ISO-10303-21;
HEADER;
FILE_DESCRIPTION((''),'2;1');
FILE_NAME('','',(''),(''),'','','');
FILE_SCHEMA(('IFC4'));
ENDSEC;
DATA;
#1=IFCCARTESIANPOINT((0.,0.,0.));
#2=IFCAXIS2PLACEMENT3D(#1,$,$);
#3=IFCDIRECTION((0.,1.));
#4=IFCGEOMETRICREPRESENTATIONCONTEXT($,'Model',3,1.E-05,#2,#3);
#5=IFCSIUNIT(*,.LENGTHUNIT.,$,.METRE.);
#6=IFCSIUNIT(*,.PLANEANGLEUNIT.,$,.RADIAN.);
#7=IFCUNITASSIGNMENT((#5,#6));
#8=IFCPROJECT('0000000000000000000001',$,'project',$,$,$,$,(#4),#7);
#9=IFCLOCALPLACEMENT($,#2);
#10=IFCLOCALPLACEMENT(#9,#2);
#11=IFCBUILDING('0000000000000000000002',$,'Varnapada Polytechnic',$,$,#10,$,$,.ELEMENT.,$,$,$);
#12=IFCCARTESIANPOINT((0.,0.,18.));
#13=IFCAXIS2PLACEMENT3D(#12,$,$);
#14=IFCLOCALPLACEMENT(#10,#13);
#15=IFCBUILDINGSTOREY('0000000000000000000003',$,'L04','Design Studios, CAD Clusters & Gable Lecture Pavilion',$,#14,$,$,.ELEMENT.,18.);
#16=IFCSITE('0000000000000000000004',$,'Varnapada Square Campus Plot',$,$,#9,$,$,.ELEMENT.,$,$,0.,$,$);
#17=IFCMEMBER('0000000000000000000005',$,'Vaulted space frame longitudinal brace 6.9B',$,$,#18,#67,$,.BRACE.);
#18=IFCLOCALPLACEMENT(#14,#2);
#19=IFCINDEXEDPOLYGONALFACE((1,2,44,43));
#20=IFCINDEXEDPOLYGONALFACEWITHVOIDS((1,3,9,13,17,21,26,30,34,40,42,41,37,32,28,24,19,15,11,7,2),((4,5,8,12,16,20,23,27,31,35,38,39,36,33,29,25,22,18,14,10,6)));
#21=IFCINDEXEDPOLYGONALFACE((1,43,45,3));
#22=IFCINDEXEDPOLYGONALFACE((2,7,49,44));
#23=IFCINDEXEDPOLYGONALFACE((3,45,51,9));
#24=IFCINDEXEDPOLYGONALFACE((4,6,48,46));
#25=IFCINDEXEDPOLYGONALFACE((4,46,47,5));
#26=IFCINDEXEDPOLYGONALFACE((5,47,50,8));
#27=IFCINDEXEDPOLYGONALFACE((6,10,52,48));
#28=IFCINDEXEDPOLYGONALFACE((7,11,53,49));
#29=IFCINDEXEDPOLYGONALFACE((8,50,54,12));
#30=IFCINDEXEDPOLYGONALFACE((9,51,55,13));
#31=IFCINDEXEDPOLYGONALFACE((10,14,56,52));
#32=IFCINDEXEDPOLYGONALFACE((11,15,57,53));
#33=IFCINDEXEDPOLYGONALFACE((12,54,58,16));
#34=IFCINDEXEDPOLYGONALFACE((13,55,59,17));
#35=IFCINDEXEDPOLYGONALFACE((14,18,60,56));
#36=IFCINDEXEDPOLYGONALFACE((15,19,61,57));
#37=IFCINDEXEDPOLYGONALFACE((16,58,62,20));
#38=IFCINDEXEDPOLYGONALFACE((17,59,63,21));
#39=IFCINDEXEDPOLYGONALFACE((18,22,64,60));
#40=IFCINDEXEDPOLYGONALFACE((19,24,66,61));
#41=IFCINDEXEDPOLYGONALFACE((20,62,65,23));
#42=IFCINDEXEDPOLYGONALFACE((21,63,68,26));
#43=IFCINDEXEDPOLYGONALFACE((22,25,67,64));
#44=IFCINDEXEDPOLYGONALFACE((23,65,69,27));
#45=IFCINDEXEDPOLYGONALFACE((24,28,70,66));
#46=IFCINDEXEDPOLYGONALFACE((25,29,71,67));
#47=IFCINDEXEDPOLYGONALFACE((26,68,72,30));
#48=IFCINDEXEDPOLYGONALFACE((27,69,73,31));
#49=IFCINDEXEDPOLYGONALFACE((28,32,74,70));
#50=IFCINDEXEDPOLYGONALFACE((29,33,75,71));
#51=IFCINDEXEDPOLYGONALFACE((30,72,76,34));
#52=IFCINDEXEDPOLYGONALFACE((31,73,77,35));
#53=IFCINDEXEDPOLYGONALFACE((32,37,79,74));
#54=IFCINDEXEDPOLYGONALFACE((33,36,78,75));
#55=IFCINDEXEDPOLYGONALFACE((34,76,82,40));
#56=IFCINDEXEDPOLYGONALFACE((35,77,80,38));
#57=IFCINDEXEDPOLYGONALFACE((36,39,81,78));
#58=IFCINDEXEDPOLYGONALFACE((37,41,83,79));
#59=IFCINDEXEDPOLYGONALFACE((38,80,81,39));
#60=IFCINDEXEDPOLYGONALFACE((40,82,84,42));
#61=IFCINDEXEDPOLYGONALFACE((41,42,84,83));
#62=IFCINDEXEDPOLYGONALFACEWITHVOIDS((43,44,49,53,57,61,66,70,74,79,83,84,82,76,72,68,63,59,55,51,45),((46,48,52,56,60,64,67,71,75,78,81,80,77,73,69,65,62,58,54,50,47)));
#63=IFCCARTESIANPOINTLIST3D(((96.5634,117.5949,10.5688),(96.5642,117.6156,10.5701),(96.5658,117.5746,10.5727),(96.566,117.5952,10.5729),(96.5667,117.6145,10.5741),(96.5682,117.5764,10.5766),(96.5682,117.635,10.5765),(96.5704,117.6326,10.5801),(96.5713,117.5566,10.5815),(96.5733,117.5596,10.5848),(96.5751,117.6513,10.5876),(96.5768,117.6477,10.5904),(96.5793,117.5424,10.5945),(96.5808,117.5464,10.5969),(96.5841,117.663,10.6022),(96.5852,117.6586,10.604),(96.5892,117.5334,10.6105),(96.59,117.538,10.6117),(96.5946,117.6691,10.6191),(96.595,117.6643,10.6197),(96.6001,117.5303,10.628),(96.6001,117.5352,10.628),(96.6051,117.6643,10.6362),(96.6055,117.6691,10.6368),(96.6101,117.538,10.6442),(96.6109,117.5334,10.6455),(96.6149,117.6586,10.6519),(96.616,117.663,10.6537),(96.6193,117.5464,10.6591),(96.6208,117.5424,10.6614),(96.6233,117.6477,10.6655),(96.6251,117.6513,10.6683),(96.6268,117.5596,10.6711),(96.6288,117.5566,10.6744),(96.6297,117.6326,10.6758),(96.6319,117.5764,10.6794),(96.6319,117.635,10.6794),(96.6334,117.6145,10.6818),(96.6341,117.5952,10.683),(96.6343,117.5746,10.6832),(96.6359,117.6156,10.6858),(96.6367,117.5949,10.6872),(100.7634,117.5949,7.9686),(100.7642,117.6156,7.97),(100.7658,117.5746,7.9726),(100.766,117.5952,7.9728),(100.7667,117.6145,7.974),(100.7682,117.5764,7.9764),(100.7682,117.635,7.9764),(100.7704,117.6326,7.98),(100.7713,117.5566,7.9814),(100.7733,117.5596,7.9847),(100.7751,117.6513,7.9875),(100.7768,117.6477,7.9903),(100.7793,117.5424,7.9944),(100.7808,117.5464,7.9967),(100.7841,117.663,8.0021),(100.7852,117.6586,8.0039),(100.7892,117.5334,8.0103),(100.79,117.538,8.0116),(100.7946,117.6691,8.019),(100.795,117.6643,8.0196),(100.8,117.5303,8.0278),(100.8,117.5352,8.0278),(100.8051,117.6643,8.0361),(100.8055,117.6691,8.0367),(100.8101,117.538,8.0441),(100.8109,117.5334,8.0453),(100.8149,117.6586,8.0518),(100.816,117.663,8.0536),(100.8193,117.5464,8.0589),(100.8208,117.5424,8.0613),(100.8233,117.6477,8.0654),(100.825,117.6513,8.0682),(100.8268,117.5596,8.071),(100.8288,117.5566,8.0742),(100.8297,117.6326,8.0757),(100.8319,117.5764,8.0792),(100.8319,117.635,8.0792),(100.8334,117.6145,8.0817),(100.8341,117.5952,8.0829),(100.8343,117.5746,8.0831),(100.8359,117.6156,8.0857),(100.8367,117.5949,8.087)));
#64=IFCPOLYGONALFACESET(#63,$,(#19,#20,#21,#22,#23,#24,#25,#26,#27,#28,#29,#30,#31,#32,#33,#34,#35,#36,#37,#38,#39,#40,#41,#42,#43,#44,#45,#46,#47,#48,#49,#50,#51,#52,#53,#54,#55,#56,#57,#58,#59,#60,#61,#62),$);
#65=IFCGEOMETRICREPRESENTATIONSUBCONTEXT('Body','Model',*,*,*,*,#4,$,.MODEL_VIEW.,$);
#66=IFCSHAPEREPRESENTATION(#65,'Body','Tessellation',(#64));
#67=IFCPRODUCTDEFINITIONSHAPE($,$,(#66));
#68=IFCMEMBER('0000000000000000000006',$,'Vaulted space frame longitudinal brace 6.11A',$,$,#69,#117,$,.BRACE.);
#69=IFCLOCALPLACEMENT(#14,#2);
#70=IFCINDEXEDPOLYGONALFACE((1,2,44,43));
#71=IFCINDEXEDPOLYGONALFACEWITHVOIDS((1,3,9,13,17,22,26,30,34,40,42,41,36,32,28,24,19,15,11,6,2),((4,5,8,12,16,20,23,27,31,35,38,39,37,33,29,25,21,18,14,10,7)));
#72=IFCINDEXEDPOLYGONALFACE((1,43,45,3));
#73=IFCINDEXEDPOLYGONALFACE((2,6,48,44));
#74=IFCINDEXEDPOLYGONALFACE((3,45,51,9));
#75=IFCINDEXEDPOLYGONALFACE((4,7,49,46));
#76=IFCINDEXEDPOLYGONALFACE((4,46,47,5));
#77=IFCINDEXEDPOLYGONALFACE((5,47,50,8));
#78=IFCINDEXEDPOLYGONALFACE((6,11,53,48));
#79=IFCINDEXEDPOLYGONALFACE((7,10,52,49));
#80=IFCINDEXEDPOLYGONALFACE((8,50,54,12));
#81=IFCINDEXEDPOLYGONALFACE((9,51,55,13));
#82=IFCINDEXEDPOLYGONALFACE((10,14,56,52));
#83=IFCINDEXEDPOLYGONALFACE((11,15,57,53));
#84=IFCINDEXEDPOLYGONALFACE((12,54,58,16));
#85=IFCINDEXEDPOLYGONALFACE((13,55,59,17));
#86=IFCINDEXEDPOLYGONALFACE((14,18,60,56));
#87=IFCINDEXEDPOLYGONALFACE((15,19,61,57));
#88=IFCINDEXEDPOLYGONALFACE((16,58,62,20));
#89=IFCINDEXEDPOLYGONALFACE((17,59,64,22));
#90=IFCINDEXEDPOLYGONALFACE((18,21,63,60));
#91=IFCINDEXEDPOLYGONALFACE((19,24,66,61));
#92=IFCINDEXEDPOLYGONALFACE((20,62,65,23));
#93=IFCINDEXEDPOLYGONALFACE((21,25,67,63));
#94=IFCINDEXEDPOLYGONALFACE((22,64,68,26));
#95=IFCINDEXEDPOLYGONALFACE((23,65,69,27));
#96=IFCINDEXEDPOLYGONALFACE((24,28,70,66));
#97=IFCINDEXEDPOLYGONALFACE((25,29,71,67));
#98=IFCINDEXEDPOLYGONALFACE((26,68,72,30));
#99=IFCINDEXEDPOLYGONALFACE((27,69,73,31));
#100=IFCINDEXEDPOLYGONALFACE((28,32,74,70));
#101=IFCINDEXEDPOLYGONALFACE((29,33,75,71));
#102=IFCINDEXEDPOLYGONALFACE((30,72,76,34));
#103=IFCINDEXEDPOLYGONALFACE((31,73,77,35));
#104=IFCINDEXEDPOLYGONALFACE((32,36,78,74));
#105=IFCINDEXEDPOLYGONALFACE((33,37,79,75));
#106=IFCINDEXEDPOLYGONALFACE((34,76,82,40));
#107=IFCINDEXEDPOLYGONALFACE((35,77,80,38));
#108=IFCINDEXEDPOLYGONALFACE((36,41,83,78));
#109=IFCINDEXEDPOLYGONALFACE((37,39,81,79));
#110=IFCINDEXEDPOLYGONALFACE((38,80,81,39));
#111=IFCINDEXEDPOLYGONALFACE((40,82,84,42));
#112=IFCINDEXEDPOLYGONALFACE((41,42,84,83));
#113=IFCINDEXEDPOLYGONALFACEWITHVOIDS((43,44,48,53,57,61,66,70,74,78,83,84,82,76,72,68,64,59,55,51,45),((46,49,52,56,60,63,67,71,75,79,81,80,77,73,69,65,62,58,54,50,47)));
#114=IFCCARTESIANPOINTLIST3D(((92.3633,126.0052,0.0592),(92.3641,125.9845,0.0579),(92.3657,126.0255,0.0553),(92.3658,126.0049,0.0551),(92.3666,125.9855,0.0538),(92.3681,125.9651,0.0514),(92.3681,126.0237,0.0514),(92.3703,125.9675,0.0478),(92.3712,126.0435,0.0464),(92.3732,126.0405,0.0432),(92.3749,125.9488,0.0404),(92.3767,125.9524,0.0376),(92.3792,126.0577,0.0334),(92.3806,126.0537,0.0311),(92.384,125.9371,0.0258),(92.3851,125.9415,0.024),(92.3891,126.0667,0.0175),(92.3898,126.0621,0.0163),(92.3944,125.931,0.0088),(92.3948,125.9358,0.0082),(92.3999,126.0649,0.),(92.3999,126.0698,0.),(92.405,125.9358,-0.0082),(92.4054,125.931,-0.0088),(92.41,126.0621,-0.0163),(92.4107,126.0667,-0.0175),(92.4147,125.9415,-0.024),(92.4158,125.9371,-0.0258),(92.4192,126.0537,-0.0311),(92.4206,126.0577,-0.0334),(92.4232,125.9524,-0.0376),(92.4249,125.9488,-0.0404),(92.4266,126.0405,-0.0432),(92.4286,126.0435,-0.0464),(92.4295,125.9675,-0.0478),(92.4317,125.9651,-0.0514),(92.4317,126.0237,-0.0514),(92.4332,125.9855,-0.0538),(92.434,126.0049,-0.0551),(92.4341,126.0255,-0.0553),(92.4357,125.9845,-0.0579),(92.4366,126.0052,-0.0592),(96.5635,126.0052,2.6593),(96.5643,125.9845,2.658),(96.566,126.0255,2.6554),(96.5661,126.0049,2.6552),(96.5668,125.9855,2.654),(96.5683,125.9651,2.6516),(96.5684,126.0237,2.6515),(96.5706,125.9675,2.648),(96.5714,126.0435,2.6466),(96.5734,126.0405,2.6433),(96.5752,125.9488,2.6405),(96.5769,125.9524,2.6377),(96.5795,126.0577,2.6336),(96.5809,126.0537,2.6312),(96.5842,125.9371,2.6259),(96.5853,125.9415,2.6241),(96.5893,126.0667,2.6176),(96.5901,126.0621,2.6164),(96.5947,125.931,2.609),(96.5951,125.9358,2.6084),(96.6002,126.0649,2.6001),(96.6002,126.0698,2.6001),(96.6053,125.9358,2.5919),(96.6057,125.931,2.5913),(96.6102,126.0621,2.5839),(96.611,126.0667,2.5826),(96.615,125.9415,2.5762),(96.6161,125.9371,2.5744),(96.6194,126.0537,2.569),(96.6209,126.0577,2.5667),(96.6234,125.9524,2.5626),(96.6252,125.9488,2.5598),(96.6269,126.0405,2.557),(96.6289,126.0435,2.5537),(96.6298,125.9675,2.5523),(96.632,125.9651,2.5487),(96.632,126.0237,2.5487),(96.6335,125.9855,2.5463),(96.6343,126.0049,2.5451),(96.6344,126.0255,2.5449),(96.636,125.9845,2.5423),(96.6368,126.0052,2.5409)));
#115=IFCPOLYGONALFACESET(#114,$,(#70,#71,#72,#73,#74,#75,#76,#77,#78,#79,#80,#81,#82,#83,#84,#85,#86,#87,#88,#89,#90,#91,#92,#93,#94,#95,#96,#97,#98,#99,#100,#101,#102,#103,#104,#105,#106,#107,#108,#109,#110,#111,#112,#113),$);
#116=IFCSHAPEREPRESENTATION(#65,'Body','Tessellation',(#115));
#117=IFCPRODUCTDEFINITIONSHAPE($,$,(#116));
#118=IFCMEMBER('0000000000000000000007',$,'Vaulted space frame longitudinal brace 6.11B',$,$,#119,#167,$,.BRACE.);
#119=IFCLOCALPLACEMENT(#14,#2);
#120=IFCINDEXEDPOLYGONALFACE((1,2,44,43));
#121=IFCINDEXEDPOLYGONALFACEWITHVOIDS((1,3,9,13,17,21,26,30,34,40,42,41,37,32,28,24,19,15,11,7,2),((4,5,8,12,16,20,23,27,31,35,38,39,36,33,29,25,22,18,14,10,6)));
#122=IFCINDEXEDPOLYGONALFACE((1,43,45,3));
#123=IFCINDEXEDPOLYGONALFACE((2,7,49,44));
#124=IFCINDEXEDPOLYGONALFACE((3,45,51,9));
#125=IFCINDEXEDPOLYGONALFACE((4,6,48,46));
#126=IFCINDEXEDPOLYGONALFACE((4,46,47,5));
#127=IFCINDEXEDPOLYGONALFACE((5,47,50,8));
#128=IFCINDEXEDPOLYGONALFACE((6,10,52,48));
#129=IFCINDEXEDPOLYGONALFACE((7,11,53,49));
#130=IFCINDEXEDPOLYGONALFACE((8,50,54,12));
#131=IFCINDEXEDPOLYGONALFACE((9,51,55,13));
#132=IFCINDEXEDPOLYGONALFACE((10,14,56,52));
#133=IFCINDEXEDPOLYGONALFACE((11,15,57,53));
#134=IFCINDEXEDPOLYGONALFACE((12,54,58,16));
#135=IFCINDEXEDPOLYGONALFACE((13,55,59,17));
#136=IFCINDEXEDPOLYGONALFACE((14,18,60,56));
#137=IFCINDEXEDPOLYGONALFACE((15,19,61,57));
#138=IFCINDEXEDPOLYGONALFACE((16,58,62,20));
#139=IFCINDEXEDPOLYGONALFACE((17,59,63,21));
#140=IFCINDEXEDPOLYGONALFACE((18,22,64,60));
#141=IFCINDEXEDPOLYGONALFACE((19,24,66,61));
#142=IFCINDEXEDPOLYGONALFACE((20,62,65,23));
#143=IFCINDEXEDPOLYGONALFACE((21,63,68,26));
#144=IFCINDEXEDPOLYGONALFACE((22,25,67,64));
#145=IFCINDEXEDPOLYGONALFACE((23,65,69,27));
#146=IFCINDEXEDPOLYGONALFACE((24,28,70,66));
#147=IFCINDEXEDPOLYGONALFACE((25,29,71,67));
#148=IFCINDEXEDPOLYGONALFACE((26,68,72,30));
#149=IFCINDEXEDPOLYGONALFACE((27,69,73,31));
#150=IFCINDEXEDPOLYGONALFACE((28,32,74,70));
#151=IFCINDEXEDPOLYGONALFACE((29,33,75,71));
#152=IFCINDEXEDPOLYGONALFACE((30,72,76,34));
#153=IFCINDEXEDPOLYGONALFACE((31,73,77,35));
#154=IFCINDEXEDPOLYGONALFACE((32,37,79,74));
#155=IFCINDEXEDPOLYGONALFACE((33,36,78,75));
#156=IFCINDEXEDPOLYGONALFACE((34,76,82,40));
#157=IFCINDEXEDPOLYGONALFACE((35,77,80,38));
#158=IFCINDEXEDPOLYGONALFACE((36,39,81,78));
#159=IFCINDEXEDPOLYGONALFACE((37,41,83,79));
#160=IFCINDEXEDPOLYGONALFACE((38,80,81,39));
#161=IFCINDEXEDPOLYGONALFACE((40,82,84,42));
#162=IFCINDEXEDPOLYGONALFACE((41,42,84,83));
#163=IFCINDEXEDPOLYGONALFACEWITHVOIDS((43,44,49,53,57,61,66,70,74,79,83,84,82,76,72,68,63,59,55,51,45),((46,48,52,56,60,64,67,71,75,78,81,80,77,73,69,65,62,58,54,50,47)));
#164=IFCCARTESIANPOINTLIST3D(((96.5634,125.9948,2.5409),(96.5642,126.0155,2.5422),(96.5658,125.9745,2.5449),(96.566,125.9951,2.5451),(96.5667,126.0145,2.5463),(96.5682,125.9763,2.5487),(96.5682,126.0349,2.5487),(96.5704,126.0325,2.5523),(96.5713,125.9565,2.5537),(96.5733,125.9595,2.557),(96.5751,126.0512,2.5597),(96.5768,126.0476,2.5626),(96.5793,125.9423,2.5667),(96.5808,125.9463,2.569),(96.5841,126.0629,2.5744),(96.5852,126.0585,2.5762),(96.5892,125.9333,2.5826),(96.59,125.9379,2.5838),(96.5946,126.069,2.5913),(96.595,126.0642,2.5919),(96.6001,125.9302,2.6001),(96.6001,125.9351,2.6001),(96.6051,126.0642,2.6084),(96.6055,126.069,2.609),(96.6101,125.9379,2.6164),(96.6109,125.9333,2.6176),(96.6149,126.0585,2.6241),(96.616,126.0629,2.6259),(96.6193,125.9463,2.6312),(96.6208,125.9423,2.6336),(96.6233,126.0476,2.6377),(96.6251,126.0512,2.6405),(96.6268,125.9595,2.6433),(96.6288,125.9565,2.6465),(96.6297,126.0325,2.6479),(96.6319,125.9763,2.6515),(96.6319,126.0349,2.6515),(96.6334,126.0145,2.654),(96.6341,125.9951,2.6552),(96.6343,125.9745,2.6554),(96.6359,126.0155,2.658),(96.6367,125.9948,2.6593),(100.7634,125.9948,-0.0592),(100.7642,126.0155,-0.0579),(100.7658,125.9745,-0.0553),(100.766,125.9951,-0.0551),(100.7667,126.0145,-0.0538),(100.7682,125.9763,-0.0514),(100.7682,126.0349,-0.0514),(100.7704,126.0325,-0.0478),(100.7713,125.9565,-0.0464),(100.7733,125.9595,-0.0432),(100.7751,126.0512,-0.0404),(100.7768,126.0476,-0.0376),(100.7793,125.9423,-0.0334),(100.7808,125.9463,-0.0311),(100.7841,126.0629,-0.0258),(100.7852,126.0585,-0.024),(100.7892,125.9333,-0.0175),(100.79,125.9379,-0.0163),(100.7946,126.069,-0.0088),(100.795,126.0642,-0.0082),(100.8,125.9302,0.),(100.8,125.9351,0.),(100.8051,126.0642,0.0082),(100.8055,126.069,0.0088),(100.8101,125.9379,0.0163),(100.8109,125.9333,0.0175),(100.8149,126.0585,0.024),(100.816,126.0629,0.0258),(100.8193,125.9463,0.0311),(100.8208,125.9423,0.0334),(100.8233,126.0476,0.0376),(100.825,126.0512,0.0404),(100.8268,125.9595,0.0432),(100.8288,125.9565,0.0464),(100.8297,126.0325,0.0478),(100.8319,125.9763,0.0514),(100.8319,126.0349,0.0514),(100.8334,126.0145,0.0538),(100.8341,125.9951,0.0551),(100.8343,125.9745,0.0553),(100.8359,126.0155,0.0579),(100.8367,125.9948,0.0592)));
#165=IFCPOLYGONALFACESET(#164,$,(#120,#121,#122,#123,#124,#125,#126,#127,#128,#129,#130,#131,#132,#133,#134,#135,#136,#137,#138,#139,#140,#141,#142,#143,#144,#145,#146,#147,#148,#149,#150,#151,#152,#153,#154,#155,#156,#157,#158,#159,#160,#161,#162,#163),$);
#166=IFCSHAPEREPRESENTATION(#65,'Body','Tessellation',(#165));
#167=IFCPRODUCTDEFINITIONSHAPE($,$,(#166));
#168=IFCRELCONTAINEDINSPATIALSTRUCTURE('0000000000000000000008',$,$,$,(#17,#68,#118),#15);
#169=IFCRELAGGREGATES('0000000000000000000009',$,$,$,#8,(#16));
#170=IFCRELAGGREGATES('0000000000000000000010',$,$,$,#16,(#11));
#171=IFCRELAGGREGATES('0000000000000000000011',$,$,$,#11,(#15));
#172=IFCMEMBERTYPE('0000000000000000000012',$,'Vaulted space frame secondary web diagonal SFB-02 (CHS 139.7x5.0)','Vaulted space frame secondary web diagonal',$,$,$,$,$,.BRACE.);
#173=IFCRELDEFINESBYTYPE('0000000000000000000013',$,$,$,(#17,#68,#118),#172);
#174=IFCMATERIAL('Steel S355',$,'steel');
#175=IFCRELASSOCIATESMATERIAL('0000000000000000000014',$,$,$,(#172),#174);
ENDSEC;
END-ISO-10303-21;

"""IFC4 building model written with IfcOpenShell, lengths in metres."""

from ifc_helpers import new_model, si_unit, direction, frame, origin, origin_2d, place, context, subcontext, project, spatial, hollow_circle, extrude, material, material_profile, profile_set, type_object, element, save


model = new_model("IFC4")

# Units and contexts
model_context = context("Model", 3, precision=1e-05, world=origin(), true_north=direction((0.0, 1.0)))
body_context = subcontext(model_context, "Body", "Model", "MODEL_VIEW")
ifc_project = project(units=[si_unit("LENGTHUNIT", "METRE"), si_unit("PLANEANGLEUNIT", "RADIAN")], contexts=[model_context])

# Site, building, storey
site_placement = place(None, origin())
site = spatial("IfcSite", under=ifc_project, at=site_placement, Name="Varnapada Square Campus Plot", CompositionType="ELEMENT", RefElevation=0.0)
building_placement = place(site_placement, origin())
building = spatial("IfcBuilding", under=site, at=building_placement, Name="Varnapada Polytechnic", CompositionType="ELEMENT")
storey_placement = place(building_placement, frame((0.0, 0.0, 18.0)))
storey = spatial("IfcBuildingStorey", under=building, at=storey_placement, Name="L04", Description="Design Studios, CAD Clusters & Gable Lecture Pavilion", CompositionType="ELEMENT", Elevation=18.0)

# Shared definitions
ifc_material = material(Name="Steel S355", Category="steel")

# Members
ifc_material_profile_1 = material_profile(ifc_material, hollow_circle(Radius=0.0698, WallThickness=0.0049, at=origin_2d()), Name="CHS 139.7x5.0")
ifc_profile_set_1 = profile_set([ifc_material_profile_1], Name="Steel S355")
member_type_1 = type_object("IfcMemberType", Name="Vaulted space frame secondary web diagonal SFB-02 (CHS 139.7x5.0)", Description="Vaulted space frame secondary web diagonal", PredefinedType="BRACE", material=ifc_profile_set_1)
member_1_placement = place(storey_placement, frame((100.8, 117.6001, 8.0278), z_axis=(-0.850254, 0.0, 0.526373), x_axis=(0.0, -1.0, 0.0)))
element("IfcMember", 1, at=member_1_placement, inside=storey, type_object=member_type_1, Name="Vaulted space frame longitudinal brace 6.9B", PredefinedType="BRACE", context=body_context, shape_type="SweptSolid", body=[
    extrude(hollow_circle(Radius=0.0698, WallThickness=0.0049, at=origin_2d()), origin(), (0.0, 0.0, 1.0), 4.9397),
])
member_2_placement = place(storey_placement, frame((92.3999, 126.0, 0.0), z_axis=(0.850267, 0.0, 0.526351), x_axis=(0.0, 1.0, 0.0)))
element("IfcMember", 2, at=member_2_placement, inside=storey, type_object=member_type_1, Name="Vaulted space frame longitudinal brace 6.11A", PredefinedType="BRACE", context=body_context, shape_type="SweptSolid", body=[
    extrude(hollow_circle(Radius=0.0698, WallThickness=0.0049, at=origin_2d()), origin(), (0.0, 0.0, 1.0), 4.9399),
])
member_3_placement = place(storey_placement, frame((100.8, 126.0, 0.0), z_axis=(-0.850254, 0.0, 0.526373), x_axis=(0.0, -1.0, 0.0)))
element("IfcMember", 3, at=member_3_placement, inside=storey, type_object=member_type_1, Name="Vaulted space frame longitudinal brace 6.11B", PredefinedType="BRACE", context=body_context, shape_type="SweptSolid", body=[
    extrude(hollow_circle(Radius=0.0698, WallThickness=0.0049, at=origin_2d()), origin(), (0.0, 0.0, 1.0), 4.9397),
])

save(model, "model.ifc")
